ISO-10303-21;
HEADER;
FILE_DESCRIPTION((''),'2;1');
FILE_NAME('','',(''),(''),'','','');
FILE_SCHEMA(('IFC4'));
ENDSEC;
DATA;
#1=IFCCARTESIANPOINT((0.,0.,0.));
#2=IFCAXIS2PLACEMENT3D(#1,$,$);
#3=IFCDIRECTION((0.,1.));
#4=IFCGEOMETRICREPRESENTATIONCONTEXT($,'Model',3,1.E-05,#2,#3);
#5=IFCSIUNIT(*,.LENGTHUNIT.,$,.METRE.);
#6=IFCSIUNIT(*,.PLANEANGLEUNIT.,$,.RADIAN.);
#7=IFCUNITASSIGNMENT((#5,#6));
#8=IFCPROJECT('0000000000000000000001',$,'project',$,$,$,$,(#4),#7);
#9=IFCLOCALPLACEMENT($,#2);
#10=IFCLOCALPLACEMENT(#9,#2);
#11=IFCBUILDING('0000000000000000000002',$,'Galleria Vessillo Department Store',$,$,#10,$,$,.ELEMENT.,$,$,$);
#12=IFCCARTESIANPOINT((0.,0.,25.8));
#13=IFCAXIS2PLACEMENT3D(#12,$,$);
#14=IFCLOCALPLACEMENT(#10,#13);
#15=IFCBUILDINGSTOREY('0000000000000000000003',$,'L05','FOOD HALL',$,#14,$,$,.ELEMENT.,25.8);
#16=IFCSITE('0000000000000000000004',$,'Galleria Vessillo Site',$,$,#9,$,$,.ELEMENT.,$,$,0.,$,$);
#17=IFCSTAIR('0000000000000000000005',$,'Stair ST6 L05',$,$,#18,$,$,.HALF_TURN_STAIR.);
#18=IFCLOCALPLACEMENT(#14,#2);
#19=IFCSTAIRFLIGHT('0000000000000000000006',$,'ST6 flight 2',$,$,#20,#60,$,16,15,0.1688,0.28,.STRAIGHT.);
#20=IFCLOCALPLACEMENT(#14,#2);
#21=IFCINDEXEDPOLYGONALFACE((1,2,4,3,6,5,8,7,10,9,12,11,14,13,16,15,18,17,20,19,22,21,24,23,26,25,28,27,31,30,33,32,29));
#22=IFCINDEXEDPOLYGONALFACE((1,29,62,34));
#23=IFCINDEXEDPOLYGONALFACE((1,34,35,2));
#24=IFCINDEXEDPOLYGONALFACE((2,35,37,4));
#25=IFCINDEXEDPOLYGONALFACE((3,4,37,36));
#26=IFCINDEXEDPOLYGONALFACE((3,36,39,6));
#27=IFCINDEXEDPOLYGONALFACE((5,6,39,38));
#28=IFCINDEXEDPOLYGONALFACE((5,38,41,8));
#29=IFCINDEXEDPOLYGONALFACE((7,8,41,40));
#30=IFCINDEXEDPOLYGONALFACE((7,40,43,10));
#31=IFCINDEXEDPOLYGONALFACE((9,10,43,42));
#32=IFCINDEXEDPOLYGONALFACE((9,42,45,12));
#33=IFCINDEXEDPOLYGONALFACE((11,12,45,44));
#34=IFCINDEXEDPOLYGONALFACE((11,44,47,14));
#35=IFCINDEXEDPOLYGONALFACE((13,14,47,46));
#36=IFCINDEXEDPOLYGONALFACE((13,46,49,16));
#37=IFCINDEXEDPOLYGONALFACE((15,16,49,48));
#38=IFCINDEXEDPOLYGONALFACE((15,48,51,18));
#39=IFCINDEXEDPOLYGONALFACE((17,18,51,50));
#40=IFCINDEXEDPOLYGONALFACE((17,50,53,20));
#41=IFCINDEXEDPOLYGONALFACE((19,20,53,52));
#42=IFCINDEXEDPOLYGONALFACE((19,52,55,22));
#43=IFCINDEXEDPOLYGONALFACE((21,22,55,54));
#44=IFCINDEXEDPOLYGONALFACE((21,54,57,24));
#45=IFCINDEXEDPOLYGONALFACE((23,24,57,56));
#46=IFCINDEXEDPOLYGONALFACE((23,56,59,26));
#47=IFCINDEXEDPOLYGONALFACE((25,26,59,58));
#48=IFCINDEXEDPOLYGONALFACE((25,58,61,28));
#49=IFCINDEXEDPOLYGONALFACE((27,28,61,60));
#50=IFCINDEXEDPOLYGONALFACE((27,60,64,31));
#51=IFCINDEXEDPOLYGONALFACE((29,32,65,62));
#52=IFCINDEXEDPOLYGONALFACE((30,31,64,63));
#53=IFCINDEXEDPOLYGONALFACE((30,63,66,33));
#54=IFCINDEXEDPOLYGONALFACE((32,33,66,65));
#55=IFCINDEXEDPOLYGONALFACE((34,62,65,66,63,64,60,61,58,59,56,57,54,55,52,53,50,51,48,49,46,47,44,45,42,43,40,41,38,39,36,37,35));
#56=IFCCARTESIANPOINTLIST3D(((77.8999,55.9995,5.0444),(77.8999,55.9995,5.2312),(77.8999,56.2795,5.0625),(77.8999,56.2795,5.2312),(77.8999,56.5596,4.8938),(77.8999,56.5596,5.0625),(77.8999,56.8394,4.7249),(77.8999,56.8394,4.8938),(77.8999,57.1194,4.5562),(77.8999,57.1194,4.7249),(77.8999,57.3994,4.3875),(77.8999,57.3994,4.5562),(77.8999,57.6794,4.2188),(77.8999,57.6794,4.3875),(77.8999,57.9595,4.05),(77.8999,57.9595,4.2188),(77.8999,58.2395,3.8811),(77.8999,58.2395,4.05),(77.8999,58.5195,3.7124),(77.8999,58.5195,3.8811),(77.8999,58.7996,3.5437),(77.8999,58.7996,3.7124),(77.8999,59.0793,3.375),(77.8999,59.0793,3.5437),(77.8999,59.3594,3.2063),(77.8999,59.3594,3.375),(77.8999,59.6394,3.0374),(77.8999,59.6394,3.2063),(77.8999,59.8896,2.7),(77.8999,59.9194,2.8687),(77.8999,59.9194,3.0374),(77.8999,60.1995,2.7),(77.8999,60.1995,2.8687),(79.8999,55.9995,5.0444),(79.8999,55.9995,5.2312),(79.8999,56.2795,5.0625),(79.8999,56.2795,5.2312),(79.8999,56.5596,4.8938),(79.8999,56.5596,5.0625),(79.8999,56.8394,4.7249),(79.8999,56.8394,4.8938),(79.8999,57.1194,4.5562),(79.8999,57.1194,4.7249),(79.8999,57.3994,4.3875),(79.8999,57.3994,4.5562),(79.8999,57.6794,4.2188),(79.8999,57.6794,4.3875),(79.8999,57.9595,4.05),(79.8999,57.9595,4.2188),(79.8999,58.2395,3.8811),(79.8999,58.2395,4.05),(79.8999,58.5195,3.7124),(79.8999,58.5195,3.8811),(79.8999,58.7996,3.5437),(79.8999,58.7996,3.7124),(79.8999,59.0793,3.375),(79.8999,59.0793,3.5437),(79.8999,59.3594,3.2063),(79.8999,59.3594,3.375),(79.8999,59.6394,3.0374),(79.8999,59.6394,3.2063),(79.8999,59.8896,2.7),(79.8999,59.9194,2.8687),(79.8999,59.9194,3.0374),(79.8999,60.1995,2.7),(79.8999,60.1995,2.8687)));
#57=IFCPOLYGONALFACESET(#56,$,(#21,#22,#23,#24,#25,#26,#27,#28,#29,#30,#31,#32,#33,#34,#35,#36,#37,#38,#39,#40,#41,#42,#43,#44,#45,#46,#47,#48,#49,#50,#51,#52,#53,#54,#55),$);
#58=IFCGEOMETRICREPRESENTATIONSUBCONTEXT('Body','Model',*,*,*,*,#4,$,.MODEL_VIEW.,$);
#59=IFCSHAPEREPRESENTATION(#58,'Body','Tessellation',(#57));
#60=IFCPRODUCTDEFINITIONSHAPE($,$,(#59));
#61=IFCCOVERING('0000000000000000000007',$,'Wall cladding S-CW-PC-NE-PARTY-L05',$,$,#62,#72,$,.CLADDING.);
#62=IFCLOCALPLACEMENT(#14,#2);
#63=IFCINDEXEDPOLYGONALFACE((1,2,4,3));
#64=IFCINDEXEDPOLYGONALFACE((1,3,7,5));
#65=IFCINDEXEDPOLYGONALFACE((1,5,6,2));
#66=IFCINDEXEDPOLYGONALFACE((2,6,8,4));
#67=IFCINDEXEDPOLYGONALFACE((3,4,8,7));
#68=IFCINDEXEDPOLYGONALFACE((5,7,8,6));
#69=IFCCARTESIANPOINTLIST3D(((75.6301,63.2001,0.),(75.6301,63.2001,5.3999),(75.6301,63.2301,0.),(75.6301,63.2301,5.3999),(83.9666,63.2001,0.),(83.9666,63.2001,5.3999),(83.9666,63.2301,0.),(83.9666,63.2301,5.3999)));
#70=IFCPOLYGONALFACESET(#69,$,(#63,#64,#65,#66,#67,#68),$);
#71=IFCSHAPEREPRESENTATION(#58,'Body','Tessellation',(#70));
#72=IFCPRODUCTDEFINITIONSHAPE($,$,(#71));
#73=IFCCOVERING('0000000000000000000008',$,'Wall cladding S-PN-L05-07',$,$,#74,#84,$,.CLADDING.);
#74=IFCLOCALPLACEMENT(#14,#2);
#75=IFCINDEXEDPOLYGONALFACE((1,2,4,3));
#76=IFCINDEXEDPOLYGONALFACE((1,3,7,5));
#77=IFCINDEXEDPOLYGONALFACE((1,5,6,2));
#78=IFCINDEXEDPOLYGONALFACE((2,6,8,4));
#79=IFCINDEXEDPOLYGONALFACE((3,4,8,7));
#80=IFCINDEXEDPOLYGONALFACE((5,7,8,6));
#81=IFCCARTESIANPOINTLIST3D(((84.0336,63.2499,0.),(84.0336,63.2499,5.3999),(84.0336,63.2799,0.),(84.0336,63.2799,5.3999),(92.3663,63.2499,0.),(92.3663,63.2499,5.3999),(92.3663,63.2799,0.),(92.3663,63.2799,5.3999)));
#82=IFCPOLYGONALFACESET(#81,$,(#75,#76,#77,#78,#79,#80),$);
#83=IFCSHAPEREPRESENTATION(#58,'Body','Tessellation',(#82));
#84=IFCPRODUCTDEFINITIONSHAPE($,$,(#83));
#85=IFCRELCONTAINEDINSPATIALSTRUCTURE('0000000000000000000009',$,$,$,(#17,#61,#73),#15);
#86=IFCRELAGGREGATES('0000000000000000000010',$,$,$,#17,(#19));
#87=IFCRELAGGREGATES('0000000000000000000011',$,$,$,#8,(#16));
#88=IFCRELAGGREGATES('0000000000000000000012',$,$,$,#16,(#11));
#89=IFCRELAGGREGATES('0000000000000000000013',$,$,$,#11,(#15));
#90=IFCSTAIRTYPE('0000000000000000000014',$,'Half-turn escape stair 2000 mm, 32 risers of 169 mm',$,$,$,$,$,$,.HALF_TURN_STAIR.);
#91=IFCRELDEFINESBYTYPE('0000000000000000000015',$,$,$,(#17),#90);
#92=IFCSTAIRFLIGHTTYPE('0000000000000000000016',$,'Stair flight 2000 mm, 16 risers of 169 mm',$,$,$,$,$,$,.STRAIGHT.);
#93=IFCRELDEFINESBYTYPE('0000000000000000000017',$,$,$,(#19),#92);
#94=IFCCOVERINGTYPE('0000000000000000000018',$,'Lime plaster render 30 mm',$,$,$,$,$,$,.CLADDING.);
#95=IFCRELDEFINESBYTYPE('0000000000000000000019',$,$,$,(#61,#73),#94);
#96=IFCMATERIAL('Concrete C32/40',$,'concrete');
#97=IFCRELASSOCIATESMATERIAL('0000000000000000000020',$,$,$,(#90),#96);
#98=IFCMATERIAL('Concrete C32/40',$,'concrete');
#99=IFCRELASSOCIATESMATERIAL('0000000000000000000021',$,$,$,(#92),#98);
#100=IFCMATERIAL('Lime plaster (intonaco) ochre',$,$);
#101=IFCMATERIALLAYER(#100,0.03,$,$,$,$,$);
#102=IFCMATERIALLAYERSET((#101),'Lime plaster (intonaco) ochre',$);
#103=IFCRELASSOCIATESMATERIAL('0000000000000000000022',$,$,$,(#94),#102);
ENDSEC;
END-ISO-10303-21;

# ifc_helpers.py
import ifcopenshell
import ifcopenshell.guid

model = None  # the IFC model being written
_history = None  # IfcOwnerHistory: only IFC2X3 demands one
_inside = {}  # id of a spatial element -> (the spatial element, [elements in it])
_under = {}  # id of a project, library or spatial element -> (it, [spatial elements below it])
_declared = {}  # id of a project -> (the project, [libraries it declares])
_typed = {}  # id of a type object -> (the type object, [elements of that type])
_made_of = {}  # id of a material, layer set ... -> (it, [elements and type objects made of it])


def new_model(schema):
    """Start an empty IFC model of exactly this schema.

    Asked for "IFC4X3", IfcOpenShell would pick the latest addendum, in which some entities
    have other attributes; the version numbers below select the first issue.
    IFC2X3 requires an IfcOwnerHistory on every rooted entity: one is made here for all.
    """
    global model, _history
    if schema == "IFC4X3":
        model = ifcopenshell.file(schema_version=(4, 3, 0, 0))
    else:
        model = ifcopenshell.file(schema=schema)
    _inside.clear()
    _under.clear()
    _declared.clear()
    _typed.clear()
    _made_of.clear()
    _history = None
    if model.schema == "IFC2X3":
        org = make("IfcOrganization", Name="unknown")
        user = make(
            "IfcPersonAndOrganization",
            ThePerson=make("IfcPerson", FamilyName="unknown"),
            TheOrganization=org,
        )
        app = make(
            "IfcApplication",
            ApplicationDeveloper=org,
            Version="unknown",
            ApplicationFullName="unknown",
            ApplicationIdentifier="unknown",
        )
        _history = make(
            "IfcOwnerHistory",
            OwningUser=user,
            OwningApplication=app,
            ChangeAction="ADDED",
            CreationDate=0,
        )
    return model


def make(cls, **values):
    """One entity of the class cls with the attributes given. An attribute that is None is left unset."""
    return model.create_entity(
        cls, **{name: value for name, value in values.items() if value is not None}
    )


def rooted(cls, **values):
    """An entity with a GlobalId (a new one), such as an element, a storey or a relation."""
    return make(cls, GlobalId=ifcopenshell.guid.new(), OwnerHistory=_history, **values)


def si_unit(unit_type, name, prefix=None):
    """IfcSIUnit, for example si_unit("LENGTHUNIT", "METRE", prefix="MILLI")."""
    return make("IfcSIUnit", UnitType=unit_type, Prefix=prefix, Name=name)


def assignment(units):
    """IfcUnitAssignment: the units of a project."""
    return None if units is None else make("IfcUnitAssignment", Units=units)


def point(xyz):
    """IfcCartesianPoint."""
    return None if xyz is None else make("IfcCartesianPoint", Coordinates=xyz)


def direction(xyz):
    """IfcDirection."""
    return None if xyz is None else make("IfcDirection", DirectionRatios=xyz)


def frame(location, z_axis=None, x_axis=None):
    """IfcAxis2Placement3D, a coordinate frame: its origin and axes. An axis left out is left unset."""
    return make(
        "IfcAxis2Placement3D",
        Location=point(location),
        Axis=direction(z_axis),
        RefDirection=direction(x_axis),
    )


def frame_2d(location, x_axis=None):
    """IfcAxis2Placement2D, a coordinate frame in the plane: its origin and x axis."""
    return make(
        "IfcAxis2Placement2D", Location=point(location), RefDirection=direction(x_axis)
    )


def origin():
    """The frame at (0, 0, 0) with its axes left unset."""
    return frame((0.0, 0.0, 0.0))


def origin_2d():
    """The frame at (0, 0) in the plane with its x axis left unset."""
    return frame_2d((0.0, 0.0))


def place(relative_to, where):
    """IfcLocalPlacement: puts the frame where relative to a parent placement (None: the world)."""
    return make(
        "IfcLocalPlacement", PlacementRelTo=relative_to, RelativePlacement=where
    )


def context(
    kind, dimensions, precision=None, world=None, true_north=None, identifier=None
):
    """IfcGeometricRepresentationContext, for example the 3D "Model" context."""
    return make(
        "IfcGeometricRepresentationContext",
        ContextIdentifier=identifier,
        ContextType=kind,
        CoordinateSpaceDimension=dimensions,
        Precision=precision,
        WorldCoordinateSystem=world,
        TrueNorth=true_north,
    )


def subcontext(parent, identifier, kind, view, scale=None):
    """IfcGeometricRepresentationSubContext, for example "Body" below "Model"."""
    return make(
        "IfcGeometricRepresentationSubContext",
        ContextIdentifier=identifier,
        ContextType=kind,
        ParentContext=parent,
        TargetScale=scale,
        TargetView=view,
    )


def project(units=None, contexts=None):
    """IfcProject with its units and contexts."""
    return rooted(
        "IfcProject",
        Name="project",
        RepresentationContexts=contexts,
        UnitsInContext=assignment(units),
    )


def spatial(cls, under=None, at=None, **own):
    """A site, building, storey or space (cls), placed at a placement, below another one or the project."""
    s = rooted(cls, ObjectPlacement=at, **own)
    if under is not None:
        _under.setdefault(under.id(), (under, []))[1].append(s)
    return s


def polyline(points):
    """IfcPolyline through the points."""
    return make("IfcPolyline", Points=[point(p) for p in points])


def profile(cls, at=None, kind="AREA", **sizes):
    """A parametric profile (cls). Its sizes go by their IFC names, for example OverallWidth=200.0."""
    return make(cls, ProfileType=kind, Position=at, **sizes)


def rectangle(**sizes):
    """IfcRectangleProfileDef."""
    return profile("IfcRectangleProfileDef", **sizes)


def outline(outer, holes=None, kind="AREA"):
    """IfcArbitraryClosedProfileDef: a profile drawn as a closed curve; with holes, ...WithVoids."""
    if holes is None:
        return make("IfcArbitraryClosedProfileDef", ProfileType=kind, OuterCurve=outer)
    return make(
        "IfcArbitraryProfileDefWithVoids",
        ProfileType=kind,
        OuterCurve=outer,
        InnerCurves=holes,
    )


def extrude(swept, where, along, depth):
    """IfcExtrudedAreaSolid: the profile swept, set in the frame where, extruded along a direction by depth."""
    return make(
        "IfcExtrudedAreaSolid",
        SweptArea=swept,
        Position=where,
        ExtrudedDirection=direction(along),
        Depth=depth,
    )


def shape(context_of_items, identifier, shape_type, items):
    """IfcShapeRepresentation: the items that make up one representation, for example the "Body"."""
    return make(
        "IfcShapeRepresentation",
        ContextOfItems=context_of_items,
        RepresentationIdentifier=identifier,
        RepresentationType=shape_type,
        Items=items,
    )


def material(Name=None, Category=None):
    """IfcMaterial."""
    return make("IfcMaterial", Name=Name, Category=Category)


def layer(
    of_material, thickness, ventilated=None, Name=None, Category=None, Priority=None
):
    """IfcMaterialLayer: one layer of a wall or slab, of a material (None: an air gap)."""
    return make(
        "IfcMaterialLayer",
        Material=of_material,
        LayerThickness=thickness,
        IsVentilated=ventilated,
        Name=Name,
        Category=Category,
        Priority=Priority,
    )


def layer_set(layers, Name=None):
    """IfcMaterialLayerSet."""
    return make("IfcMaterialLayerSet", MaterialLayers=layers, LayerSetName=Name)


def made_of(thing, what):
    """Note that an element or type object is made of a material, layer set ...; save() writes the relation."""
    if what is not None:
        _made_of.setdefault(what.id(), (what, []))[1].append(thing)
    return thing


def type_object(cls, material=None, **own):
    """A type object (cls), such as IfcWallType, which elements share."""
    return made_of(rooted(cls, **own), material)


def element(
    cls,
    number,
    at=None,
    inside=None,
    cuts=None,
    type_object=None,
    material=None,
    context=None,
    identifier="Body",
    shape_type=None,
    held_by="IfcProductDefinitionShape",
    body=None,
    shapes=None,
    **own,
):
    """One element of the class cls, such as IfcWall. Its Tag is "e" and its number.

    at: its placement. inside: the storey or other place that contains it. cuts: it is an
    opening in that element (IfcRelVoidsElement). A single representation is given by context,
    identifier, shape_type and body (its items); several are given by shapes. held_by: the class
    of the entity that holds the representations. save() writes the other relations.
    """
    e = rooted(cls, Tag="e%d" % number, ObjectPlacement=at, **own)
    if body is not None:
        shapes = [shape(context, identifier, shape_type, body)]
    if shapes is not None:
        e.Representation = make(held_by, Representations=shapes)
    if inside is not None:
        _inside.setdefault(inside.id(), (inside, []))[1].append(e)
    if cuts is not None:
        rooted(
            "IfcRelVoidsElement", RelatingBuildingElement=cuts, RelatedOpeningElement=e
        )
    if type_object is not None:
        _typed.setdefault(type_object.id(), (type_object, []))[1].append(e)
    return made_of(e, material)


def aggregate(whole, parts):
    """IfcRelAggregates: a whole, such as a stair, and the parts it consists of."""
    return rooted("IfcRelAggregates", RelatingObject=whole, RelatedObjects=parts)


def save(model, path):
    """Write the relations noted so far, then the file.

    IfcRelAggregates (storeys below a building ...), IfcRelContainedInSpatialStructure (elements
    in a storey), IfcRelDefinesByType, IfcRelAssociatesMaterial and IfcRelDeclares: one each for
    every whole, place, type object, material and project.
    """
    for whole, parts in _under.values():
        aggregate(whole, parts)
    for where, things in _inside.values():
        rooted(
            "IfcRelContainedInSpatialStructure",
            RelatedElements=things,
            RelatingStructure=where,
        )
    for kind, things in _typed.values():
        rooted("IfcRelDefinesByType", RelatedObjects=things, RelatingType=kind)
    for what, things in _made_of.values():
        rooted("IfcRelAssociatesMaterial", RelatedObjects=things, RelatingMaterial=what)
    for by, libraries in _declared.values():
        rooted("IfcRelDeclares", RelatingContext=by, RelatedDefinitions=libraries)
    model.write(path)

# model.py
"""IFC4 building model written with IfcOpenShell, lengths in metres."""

from ifc_helpers import new_model, si_unit, direction, frame, origin, origin_2d, place, context, subcontext, project, spatial, polyline, rectangle, outline, extrude, material, layer, layer_set, type_object, element, aggregate, save


model = new_model("IFC4")

# Units and contexts
model_context = context("Model", 3, precision=1e-05, world=origin(), true_north=direction((0.0, 1.0)))
body_context = subcontext(model_context, "Body", "Model", "MODEL_VIEW")
ifc_project = project(units=[si_unit("LENGTHUNIT", "METRE"), si_unit("PLANEANGLEUNIT", "RADIAN")], contexts=[model_context])

# Site, building, storey
site_placement = place(None, origin())
site = spatial("IfcSite", under=ifc_project, at=site_placement, Name="Galleria Vessillo Site", CompositionType="ELEMENT", RefElevation=0.0)
building_placement = place(site_placement, origin())
building = spatial("IfcBuilding", under=site, at=building_placement, Name="Galleria Vessillo Department Store", CompositionType="ELEMENT")
storey_placement = place(building_placement, frame((0.0, 0.0, 25.8)))
storey = spatial("IfcBuildingStorey", under=building, at=storey_placement, Name="L05", Description="FOOD HALL", CompositionType="ELEMENT", Elevation=25.8)

# Stair, stair flight
ifc_material_1 = material(Name="Concrete C32/40", Category="concrete")
stair_type = type_object("IfcStairType", Name="Half-turn escape stair 2000 mm, 32 risers of 169 mm", PredefinedType="HALF_TURN_STAIR", material=ifc_material_1)
stair_placement = place(storey_placement, origin())
stair = element("IfcStair", 1, at=stair_placement, inside=storey, type_object=stair_type, Name="Stair ST6 L05", PredefinedType="HALF_TURN_STAIR")
ifc_material_2 = material(Name="Concrete C32/40", Category="concrete")
stair_flight_type = type_object("IfcStairFlightType", Name="Stair flight 2000 mm, 16 risers of 169 mm", PredefinedType="STRAIGHT", material=ifc_material_2)
stair_flight_1_placement = place(storey_placement, frame((78.8999, 60.1995, 2.7), z_axis=(0.0, 0.0, 1.0), x_axis=(0.0, -1.0, 0.0)))
stair_flight_1 = element("IfcStairFlight", 2, at=stair_flight_1_placement, type_object=stair_flight_type, Name="ST6 flight 2", NumberOfRisers=16, NumberOfTreads=15, PredefinedType="STRAIGHT", RiserHeight=0.1688, TreadLength=0.28, context=body_context, shape_type="SweptSolid", body=[
    extrude(outline(polyline([(0.0, 0.0), (0.0, 0.1687), (0.28, 0.1687), (0.28, 0.3374), (0.5601, 0.3374), (0.5601, 0.5063), (0.8401, 0.5063), (0.8401, 0.675), (1.1201, 0.675), (1.1201, 0.8438), (1.3999, 0.8438), (1.3999, 1.0125), (1.6799, 1.0125), (1.6799, 1.1812), (1.96, 1.1812), (1.96, 1.3501), (2.24, 1.3501), (2.24, 1.5188), (2.52, 1.5188), (2.52, 1.6875), (2.8, 1.6875), (2.8, 1.8562), (3.0801, 1.8562), (3.0801, 2.0249), (3.3601, 2.0249), (3.3601, 2.1938), (3.6399, 2.1938), (3.6399, 2.3625), (3.9199, 2.3625), (3.9199, 2.5312), (4.2, 2.5312), (4.2, 2.7), (4.2, 2.3445), (0.3098, 0.0), (0.0, 0.0)])), frame((0.0, 1.0, 0.0), z_axis=(0.0, -1.0, 0.0), x_axis=(1.0, 0.0, 0.0)), (0.0, 0.0, 1.0), 2.0),
])
aggregate(stair, [stair_flight_1])

# Coverings
ifc_material_3 = material(Name="Lime plaster (intonaco) ochre")
ifc_layer_1 = layer(ifc_material_3, 0.03)
ifc_layer_set_1 = layer_set([ifc_layer_1], Name="Lime plaster (intonaco) ochre")
covering_type = type_object("IfcCoveringType", Name="Lime plaster render 30 mm", PredefinedType="CLADDING", material=ifc_layer_set_1)
covering_1_placement = place(storey_placement, frame((79.7983, 63.2151, 0.0), z_axis=(0.0, 0.0, 1.0), x_axis=(1.0, 0.0, 0.0)))
element("IfcCovering", 3, at=covering_1_placement, inside=storey, type_object=covering_type, Name="Wall cladding S-CW-PC-NE-PARTY-L05", PredefinedType="CLADDING", context=body_context, shape_type="SweptSolid", body=[
    extrude(rectangle(XDim=8.3364, YDim=0.03, at=origin_2d()), origin(), (0.0, 0.0, 1.0), 5.3999),
])
covering_2_placement = place(storey_placement, frame((88.2, 63.2649, 0.0), z_axis=(0.0, 0.0, 1.0), x_axis=(1.0, 0.0, 0.0)))
element("IfcCovering", 4, at=covering_2_placement, inside=storey, type_object=covering_type, Name="Wall cladding S-PN-L05-07", PredefinedType="CLADDING", context=body_context, shape_type="SweptSolid", body=[
    extrude(rectangle(XDim=8.3328, YDim=0.03, at=origin_2d()), origin(), (0.0, 0.0, 1.0), 5.3999),
])

save(model, "model.ifc")
